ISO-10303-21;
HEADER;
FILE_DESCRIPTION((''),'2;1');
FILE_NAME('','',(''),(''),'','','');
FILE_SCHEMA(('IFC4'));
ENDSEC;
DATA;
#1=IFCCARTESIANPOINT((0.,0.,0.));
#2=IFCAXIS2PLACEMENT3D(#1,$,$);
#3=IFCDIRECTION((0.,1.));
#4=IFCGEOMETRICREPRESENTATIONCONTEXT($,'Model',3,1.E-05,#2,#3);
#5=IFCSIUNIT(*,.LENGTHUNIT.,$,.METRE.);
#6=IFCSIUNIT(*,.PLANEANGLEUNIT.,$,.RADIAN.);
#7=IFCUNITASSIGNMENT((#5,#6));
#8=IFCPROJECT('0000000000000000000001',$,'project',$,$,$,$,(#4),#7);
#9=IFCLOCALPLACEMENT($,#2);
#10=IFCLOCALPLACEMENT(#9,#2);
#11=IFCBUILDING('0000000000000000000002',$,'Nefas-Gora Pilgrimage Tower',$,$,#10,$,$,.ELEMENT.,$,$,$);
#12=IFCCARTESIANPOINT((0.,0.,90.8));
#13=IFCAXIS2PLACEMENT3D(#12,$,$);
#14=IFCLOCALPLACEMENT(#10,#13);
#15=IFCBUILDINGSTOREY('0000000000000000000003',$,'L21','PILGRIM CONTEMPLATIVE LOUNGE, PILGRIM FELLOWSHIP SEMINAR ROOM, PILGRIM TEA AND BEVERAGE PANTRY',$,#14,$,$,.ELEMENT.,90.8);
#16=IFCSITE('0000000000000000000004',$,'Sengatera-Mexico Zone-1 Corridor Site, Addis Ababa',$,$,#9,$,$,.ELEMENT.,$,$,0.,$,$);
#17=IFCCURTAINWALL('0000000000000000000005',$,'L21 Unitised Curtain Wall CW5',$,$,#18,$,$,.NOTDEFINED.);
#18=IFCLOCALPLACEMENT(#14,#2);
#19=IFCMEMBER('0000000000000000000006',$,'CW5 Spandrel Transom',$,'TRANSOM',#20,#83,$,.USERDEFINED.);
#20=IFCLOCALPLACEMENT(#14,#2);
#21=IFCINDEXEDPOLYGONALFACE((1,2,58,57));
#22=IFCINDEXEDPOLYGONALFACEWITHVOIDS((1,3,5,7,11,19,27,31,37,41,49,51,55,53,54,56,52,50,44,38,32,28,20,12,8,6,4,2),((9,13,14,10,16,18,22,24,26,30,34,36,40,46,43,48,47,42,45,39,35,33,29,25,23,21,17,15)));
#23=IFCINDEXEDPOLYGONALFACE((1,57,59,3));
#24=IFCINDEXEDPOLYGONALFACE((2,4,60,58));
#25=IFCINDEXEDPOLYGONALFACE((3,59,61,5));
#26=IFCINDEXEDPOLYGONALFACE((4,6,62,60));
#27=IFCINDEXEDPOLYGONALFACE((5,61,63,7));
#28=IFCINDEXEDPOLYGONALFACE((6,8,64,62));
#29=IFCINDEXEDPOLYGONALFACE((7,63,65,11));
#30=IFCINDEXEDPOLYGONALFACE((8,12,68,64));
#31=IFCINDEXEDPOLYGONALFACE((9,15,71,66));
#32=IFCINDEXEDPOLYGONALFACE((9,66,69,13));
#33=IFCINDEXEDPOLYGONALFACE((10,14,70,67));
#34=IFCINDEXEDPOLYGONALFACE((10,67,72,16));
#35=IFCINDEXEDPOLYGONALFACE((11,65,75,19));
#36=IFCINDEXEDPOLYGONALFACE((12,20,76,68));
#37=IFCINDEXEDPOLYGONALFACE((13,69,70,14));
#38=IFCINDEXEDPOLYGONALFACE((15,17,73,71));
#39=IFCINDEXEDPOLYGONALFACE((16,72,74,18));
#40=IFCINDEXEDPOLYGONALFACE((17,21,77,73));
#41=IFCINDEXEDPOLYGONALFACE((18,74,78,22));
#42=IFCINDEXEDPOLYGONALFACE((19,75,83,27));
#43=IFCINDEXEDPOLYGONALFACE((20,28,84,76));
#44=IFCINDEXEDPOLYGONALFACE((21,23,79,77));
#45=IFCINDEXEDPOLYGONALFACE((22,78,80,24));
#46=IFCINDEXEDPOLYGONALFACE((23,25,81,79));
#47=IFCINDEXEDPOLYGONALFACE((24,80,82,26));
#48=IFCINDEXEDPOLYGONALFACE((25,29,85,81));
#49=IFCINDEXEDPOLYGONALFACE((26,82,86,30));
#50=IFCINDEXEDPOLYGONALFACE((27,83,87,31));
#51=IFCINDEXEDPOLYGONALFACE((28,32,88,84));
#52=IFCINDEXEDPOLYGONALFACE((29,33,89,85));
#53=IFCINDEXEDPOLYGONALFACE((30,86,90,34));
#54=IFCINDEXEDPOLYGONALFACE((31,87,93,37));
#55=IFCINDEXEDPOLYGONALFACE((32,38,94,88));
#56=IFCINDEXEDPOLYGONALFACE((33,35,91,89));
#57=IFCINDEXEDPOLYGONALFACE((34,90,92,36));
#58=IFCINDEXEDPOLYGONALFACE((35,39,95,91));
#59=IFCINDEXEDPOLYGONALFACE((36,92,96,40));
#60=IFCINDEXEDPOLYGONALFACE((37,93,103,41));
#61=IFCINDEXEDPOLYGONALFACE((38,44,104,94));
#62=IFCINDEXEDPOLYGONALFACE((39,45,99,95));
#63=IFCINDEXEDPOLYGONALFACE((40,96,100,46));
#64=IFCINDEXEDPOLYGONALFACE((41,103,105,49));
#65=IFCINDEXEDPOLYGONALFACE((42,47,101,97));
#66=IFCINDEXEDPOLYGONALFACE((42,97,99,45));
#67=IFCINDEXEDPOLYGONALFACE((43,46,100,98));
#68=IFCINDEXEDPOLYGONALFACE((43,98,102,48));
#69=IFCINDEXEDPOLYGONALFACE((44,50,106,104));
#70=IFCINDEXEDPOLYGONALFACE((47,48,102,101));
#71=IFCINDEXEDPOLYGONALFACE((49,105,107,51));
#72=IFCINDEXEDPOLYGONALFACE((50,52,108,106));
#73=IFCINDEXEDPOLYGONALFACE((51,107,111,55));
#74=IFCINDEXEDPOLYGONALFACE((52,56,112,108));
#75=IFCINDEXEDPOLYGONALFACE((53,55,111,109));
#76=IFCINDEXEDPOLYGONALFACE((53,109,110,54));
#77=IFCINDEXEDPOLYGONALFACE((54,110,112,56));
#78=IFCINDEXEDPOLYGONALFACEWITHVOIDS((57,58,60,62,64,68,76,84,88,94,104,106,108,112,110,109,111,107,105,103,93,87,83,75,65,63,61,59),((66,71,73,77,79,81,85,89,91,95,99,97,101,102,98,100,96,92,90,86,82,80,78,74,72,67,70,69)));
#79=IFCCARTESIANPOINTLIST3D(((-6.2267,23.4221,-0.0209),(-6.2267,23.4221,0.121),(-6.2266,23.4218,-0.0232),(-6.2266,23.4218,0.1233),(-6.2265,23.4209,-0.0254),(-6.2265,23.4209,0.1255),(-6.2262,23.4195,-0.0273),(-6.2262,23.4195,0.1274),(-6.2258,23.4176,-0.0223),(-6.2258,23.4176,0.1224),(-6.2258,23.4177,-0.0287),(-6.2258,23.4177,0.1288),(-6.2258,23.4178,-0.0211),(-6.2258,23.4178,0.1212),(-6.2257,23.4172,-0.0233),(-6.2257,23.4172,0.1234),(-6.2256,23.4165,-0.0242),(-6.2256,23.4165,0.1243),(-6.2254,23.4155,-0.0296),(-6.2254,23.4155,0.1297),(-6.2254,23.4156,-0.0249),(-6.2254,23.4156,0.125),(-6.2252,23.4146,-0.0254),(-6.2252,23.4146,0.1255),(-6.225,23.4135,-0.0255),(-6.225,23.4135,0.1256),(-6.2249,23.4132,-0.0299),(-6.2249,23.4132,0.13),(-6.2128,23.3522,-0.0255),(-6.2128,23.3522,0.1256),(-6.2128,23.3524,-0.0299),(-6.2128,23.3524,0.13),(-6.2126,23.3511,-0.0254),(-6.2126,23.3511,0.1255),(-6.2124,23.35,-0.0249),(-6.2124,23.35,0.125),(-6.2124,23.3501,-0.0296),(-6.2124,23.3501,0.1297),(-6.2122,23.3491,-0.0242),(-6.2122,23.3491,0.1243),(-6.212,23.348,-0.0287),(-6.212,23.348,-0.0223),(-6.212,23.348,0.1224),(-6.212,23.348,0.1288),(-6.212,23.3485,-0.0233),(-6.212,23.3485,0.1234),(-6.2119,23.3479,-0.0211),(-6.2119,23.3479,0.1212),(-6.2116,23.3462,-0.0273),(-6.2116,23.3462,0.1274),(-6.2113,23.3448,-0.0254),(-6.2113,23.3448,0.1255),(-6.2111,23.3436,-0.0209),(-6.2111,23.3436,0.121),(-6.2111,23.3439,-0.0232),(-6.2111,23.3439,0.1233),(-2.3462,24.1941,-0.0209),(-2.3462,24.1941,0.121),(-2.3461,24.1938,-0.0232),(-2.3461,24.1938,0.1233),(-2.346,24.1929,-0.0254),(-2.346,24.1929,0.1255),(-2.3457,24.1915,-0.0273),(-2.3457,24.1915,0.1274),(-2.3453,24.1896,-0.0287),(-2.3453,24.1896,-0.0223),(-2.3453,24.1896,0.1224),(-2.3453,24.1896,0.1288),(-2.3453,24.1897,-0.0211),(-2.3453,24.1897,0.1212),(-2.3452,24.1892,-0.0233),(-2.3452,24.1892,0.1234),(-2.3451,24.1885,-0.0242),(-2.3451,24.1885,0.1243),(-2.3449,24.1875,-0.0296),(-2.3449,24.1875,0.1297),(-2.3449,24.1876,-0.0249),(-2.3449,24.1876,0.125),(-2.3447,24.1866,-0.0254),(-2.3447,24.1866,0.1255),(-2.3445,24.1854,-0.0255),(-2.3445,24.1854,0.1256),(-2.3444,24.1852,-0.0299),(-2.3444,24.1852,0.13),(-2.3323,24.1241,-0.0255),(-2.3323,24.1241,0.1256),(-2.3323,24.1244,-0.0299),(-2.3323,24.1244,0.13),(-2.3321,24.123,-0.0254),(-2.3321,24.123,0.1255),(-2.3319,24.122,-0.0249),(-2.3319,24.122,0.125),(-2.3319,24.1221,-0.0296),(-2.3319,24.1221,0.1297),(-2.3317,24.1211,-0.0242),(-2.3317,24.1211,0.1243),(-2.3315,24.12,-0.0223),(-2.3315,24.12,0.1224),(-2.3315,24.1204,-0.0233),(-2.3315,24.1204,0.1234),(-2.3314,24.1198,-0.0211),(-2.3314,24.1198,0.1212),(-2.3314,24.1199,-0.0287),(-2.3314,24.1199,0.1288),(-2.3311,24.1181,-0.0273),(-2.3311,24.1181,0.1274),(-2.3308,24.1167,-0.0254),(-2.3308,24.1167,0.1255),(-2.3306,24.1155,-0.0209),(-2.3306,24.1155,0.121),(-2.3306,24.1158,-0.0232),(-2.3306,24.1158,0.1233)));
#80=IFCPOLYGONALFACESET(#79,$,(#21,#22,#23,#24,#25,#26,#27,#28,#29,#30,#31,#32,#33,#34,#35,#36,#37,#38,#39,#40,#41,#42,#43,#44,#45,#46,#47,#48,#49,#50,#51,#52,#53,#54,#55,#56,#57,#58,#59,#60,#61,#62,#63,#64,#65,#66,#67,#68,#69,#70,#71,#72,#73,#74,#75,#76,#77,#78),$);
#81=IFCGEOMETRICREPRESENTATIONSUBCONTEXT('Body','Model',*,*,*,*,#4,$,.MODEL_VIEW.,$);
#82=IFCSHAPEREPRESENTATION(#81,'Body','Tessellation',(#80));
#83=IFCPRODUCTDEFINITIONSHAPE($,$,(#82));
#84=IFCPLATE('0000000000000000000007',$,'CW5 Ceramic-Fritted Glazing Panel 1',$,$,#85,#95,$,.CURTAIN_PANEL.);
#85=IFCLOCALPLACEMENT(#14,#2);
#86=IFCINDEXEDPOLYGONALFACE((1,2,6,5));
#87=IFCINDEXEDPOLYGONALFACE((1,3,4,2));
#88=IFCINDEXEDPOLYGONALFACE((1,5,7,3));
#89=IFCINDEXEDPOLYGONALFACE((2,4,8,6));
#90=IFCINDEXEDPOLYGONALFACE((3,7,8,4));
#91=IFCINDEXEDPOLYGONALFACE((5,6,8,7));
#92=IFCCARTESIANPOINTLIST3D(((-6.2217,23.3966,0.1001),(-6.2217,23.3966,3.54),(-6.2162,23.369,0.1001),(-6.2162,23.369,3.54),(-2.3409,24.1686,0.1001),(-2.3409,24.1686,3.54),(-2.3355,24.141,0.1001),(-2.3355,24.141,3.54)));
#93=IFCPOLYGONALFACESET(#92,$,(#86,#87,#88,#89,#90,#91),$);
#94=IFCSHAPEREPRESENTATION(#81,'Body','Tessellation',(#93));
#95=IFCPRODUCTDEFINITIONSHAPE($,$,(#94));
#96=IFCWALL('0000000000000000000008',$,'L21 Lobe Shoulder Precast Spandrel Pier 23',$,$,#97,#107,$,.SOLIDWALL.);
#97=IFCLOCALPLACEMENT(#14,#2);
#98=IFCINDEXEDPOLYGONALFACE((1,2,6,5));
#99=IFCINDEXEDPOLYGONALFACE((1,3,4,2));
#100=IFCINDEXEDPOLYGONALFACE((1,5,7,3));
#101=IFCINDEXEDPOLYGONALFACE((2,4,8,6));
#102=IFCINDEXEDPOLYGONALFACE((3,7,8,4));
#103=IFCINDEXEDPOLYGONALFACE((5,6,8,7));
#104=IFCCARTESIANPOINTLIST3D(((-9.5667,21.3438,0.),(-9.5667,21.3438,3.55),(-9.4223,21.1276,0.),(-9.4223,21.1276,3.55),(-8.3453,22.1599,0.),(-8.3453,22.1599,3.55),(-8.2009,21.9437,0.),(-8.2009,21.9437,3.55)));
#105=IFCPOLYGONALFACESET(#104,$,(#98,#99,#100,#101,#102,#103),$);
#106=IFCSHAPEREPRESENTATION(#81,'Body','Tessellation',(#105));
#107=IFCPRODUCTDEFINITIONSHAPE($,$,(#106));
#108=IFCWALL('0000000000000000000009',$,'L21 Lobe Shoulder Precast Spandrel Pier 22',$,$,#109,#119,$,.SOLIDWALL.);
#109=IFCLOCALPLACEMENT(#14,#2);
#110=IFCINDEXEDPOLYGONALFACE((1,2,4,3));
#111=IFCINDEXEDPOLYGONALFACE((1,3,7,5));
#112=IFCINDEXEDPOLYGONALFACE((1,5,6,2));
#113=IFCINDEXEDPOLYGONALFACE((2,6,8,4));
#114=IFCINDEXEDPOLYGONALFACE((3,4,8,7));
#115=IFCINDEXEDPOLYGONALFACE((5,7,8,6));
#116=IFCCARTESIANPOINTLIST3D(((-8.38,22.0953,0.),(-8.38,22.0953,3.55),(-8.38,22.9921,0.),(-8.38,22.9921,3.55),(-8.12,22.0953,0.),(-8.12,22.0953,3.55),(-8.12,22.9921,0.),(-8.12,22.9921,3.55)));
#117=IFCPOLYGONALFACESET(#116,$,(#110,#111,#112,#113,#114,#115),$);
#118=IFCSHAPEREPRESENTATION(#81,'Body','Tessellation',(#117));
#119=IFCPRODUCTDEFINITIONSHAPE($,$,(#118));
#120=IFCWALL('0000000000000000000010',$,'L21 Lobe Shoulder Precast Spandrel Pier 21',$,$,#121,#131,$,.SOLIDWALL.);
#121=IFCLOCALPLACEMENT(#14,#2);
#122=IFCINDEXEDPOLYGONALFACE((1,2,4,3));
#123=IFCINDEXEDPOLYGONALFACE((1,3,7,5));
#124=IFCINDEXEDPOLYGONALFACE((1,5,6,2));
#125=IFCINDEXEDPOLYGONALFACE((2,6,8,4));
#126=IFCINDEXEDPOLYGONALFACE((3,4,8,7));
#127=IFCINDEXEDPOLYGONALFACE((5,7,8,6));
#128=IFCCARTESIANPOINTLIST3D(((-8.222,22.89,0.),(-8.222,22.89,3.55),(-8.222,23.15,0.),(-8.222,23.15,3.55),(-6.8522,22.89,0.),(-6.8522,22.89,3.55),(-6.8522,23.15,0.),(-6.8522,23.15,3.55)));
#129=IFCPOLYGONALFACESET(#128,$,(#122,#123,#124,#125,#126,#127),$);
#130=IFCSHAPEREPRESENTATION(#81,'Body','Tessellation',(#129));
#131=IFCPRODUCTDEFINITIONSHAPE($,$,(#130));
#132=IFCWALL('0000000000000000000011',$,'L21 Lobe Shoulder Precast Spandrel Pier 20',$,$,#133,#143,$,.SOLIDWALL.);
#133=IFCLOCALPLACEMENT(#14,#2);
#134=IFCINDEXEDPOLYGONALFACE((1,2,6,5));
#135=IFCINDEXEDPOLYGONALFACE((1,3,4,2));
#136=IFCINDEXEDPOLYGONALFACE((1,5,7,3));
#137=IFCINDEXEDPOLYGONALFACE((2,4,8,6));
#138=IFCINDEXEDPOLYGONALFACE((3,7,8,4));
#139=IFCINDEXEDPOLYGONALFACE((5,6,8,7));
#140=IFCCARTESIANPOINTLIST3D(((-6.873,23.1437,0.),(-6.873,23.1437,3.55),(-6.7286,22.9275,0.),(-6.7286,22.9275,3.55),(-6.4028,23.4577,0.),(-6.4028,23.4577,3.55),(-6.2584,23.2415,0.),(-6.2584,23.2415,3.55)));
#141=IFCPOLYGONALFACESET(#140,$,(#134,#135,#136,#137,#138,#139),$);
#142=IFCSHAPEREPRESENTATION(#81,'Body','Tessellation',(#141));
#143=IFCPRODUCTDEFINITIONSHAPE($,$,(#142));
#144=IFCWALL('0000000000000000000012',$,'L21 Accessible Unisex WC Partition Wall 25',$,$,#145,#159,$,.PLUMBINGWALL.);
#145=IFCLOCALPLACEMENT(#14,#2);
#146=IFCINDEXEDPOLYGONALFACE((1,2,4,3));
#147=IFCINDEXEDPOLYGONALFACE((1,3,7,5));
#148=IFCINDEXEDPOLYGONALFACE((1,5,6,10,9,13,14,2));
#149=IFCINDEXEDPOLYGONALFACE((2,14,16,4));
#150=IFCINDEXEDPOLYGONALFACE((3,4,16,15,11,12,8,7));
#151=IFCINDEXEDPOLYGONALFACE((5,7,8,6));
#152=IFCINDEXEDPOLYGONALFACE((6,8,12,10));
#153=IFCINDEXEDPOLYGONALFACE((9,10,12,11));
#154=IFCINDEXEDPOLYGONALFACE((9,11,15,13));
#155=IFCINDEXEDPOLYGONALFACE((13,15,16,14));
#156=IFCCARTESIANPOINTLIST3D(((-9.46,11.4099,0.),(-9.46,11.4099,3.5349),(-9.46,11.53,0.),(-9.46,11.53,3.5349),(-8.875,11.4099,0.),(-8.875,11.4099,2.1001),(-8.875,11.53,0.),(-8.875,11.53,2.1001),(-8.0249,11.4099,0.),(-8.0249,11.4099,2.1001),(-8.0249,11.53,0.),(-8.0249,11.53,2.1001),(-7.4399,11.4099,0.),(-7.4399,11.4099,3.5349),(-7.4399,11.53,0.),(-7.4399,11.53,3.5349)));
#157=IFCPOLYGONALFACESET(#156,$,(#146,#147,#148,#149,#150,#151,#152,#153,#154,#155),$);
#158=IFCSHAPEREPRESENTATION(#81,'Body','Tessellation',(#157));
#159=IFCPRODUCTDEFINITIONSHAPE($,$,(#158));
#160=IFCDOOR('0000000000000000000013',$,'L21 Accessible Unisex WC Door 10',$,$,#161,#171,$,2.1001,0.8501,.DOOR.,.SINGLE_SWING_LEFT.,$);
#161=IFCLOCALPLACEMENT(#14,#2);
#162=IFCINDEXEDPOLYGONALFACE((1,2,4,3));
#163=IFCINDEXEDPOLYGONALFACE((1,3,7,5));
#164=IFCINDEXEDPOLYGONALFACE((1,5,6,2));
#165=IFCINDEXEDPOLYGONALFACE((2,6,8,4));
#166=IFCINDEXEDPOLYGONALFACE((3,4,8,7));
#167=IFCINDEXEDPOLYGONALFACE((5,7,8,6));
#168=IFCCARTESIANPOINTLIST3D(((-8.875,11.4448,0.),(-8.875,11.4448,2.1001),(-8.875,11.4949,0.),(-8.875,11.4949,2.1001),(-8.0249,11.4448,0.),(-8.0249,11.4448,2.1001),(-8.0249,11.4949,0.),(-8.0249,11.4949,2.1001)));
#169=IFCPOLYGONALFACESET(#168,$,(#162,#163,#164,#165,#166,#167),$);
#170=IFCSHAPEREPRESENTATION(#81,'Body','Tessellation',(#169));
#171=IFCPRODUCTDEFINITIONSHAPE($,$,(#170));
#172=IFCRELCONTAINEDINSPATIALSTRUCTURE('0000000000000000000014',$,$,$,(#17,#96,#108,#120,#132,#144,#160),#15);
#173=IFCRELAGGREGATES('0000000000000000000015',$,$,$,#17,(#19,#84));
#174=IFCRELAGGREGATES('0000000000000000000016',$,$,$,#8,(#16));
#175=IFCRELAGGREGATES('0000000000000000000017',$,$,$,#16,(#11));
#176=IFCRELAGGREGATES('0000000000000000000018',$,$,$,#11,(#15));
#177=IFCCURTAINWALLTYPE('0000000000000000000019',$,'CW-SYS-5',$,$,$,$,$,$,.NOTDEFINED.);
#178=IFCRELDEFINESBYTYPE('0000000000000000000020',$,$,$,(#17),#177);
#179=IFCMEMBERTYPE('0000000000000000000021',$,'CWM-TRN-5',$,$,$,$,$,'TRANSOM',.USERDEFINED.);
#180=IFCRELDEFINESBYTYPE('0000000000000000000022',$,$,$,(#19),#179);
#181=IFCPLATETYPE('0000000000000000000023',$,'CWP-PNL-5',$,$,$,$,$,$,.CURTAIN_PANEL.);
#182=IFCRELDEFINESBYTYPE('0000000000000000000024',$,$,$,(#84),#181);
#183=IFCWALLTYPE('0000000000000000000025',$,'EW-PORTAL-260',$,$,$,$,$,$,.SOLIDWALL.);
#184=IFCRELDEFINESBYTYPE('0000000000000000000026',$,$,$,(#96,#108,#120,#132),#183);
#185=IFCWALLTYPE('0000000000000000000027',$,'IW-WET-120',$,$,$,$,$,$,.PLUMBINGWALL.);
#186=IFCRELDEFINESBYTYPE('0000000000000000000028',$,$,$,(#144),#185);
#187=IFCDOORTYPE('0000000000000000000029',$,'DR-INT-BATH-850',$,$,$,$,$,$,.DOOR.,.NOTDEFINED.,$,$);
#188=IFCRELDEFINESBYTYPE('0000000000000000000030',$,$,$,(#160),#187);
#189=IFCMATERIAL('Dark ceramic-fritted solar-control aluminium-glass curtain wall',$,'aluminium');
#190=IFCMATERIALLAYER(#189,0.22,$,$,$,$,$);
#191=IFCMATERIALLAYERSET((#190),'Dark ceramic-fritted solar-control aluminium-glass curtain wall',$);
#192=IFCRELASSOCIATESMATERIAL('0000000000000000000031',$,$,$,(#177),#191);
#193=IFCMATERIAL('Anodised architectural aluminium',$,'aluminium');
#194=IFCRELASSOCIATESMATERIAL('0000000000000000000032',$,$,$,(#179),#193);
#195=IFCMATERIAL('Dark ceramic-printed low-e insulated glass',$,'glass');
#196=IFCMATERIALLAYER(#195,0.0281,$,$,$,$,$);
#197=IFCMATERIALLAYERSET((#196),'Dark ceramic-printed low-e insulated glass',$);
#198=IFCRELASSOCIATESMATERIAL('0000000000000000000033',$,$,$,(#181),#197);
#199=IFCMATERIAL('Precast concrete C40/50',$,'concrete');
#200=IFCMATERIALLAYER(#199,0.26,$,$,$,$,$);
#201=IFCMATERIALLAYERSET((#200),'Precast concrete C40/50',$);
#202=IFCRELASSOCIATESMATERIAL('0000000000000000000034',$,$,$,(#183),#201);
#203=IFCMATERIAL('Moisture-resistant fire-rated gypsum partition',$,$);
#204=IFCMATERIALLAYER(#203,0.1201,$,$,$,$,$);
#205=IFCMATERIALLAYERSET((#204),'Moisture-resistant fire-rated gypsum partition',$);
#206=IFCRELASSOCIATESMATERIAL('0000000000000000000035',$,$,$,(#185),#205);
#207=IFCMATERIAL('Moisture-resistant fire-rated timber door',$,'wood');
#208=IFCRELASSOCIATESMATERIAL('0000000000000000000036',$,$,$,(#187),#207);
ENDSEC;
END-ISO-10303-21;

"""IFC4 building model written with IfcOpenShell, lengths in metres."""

from ifc_helpers import new_model, si_unit, direction, frame, frame_2d, origin, origin_2d, place, context, subcontext, project, spatial, rectangle, hollow_rectangle, extrude, source, transform, mapped, material, layer, layer_set, material_profile, profile_set, type_object, element, fill, aggregate, save


model = new_model("IFC4")

# Units and contexts
model_context = context("Model", 3, precision=1e-05, world=origin(), true_north=direction((0.0, 1.0)))
body_context = subcontext(model_context, "Body", "Model", "MODEL_VIEW")
ifc_project = project(units=[si_unit("LENGTHUNIT", "METRE"), si_unit("PLANEANGLEUNIT", "RADIAN")], contexts=[model_context])

# Site, building, storey
site_placement = place(None, origin())
site = spatial("IfcSite", under=ifc_project, at=site_placement, Name="Sengatera-Mexico Zone-1 Corridor Site, Addis Ababa", CompositionType="ELEMENT", RefElevation=0.0)
building_placement = place(site_placement, origin())
building = spatial("IfcBuilding", under=site, at=building_placement, Name="Nefas-Gora Pilgrimage Tower", CompositionType="ELEMENT")
storey_placement = place(building_placement, frame((0.0, 0.0, 90.8)))
storey = spatial("IfcBuildingStorey", under=building, at=storey_placement, Name="L21", Description="PILGRIM CONTEMPLATIVE LOUNGE, PILGRIM FELLOWSHIP SEMINAR ROOM, PILGRIM TEA AND BEVERAGE PANTRY", CompositionType="ELEMENT", Elevation=90.8)

# Curtain wall
ifc_material_1 = material(Name="Dark ceramic-fritted solar-control aluminium-glass curtain wall", Category="aluminium")
ifc_layer_1 = layer(ifc_material_1, 0.22)
ifc_layer_set_1 = layer_set([ifc_layer_1], Name="Dark ceramic-fritted solar-control aluminium-glass curtain wall")
curtain_wall_type = type_object("IfcCurtainWallType", Name="CW-SYS-5", PredefinedType="NOTDEFINED", material=ifc_layer_set_1)
curtain_wall_1_placement = place(storey_placement, origin())
curtain_wall_1 = element("IfcCurtainWall", 1, at=curtain_wall_1_placement, inside=storey, type_object=curtain_wall_type, Name="L21 Unitised Curtain Wall CW5", PredefinedType="NOTDEFINED")
ifc_material_2 = material(Name="Anodised architectural aluminium", Category="aluminium")
ifc_material_profile_1 = material_profile(ifc_material_2, hollow_rectangle(XDim=0.0801, YDim=0.1599, WallThickness=0.0044, InnerFilletRadius=0.0044, OuterFilletRadius=0.009, at=origin_2d()), Name="ALU TRANSOM 80x160")
ifc_profile_set_1 = profile_set([ifc_material_profile_1], Name="Anodised architectural aluminium")
member_type_1 = type_object("IfcMemberType", Name="CWM-TRN-5", ElementType="TRANSOM", PredefinedType="USERDEFINED", material=ifc_profile_set_1)

# Member
shared_shape_1 = source(origin(), body_context, "Body", "SweptSolid", [
    extrude(hollow_rectangle(XDim=0.0801, YDim=0.1599, WallThickness=0.0044, InnerFilletRadius=0.0044, OuterFilletRadius=0.009, at=origin_2d()), origin(), (0.0, 0.0, 1.0), 3.9565),
])
member_1_placement = place(storey_placement, frame((-2.3384, 24.1548, 0.05), z_axis=(-0.980782, -0.195107, 0.0), x_axis=(0.195107, -0.980782, 0.0)))
member_1 = element("IfcMember", 2, at=member_1_placement, type_object=member_type_1, Name="CW5 Spandrel Transom", ObjectType="TRANSOM", PredefinedType="USERDEFINED", context=body_context, shape_type="MappedRepresentation", body=[
    mapped(shared_shape_1, transform((0.0, 0.0, 0.0), x_axis=(1.0, 0.0, 0.0), y_axis=(0.0, 1.0, 0.0), z_axis=(0.0, 0.0, 1.0), scale=1.0)),
])

# Plate
ifc_material_3 = material(Name="Dark ceramic-printed low-e insulated glass", Category="glass")
ifc_layer_2 = layer(ifc_material_3, 0.0281)
ifc_layer_set_2 = layer_set([ifc_layer_2], Name="Dark ceramic-printed low-e insulated glass")
plate_type = type_object("IfcPlateType", Name="CWP-PNL-5", PredefinedType="CURTAIN_PANEL", material=ifc_layer_set_2)
shared_shape_2 = source(origin(), body_context, "Body", "SweptSolid", [
    extrude(rectangle(XDim=3.9568, YDim=0.0281, at=origin_2d()), origin(), (0.0, 0.0, 1.0), 3.4399),
])
plate_placement = place(storey_placement, frame((-4.2786, 23.7688, 0.1001), z_axis=(0.0, 0.0, 1.0), x_axis=(-0.980783, -0.195102, 0.0)))
plate = element("IfcPlate", 3, at=plate_placement, type_object=plate_type, Name="CW5 Ceramic-Fritted Glazing Panel 1", PredefinedType="CURTAIN_PANEL", context=body_context, shape_type="MappedRepresentation", body=[
    mapped(shared_shape_2, transform((0.0, 0.0, 0.0), x_axis=(1.0, 0.0, 0.0), y_axis=(0.0, 1.0, 0.0), z_axis=(0.0, 0.0, 1.0), scale=1.0)),
])
aggregate(curtain_wall_1, [member_1, plate])

# Walls
ifc_material_4 = material(Name="Precast concrete C40/50", Category="concrete")
ifc_layer_3 = layer(ifc_material_4, 0.26)
ifc_layer_set_3 = layer_set([ifc_layer_3], Name="Precast concrete C40/50")
wall_type_1 = type_object("IfcWallType", Name="EW-PORTAL-260", PredefinedType="SOLIDWALL", material=ifc_layer_set_3)
shared_shape_3 = source(origin(), body_context, "Body", "SweptSolid", [
    extrude(rectangle(XDim=1.469, YDim=0.26, at=frame_2d((0.7344, 0.0))), origin(), (0.0, 0.0, 1.0), 3.55),
])
wall_1_placement = place(storey_placement, frame((-8.2732, 22.0518, 0.0), z_axis=(0.0, 0.0, 1.0), x_axis=(-0.831462, -0.555582, 0.0)))
element("IfcWall", 4, at=wall_1_placement, inside=storey, type_object=wall_type_1, Name="L21 Lobe Shoulder Precast Spandrel Pier 23", PredefinedType="SOLIDWALL", context=body_context, shape_type="MappedRepresentation", body=[
    mapped(shared_shape_3, transform((0.0, 0.0, 0.0), x_axis=(1.0, 0.0, 0.0), y_axis=(0.0, 1.0, 0.0), z_axis=(0.0, 0.0, 1.0), scale=1.0)),
])
shared_shape_4 = source(origin(), body_context, "Body", "SweptSolid", [
    extrude(rectangle(XDim=0.8967, YDim=0.26, at=frame_2d((0.4482, 0.0))), origin(), (0.0, 0.0, 1.0), 3.55),
])
wall_2_placement = place(storey_placement, frame((-8.25, 22.9919, 0.0), z_axis=(0.0, 0.0, 1.0), x_axis=(0.0, -1.0, 0.0)))
element("IfcWall", 5, at=wall_2_placement, inside=storey, type_object=wall_type_1, Name="L21 Lobe Shoulder Precast Spandrel Pier 22", PredefinedType="SOLIDWALL", context=body_context, shape_type="MappedRepresentation", body=[
    mapped(shared_shape_4, transform((0.0, 0.0, 0.0), x_axis=(1.0, 0.0, 0.0), y_axis=(0.0, 1.0, 0.0), z_axis=(0.0, 0.0, 1.0), scale=1.0)),
])
shared_shape_5 = source(origin(), body_context, "Body", "SweptSolid", [
    extrude(rectangle(XDim=1.3699, YDim=0.26, at=frame_2d((0.6851, 0.0))), origin(), (0.0, 0.0, 1.0), 3.55),
])
wall_3_placement = place(storey_placement, frame((-6.8521, 23.02, 0.0), z_axis=(0.0, 0.0, 1.0), x_axis=(-1.0, 0.0, 0.0)))
element("IfcWall", 6, at=wall_3_placement, inside=storey, type_object=wall_type_1, Name="L21 Lobe Shoulder Precast Spandrel Pier 21", PredefinedType="SOLIDWALL", context=body_context, shape_type="MappedRepresentation", body=[
    mapped(shared_shape_5, transform((0.0, 0.0, 0.0), x_axis=(1.0, 0.0, 0.0), y_axis=(0.0, 1.0, 0.0), z_axis=(0.0, 0.0, 1.0), scale=1.0)),
])
shared_shape_6 = source(origin(), body_context, "Body", "SweptSolid", [
    extrude(rectangle(XDim=0.5654, YDim=0.26, at=frame_2d((0.2827, 0.0))), origin(), (0.0, 0.0, 1.0), 3.55),
])
wall_4_placement = place(storey_placement, frame((-6.3306, 23.3496, 0.0), z_axis=(0.0, 0.0, 1.0), x_axis=(-0.831651, -0.555298, 0.0)))
element("IfcWall", 7, at=wall_4_placement, inside=storey, type_object=wall_type_1, Name="L21 Lobe Shoulder Precast Spandrel Pier 20", PredefinedType="SOLIDWALL", context=body_context, shape_type="MappedRepresentation", body=[
    mapped(shared_shape_6, transform((0.0, 0.0, 0.0), x_axis=(1.0, 0.0, 0.0), y_axis=(0.0, 1.0, 0.0), z_axis=(0.0, 0.0, 1.0), scale=1.0)),
])

# Wall, opening, door
ifc_material_5 = material(Name="Moisture-resistant fire-rated gypsum partition")
ifc_layer_4 = layer(ifc_material_5, 0.1201)
ifc_layer_set_4 = layer_set([ifc_layer_4], Name="Moisture-resistant fire-rated gypsum partition")
wall_type_2 = type_object("IfcWallType", Name="IW-WET-120", PredefinedType="PLUMBINGWALL", material=ifc_layer_set_4)
shared_shape_7 = source(origin(), body_context, "Body", "SweptSolid", [
    extrude(rectangle(XDim=2.02, YDim=0.1201, at=frame_2d((1.01, 0.0))), origin(), (0.0, 0.0, 1.0), 3.5349),
])
wall_5_placement = place(storey_placement, frame((-9.46, 11.47, 0.0), z_axis=(0.0, 0.0, 1.0), x_axis=(1.0, 0.0, 0.0)))
wall_5 = element("IfcWall", 8, at=wall_5_placement, inside=storey, type_object=wall_type_2, Name="L21 Accessible Unisex WC Partition Wall 25", PredefinedType="PLUMBINGWALL", context=body_context, shape_type="MappedRepresentation", body=[
    mapped(shared_shape_7, transform((0.0, 0.0, 0.0), x_axis=(1.0, 0.0, 0.0), y_axis=(0.0, 1.0, 0.0), z_axis=(0.0, 0.0, 1.0), scale=1.0)),
])
opening_1_placement = place(wall_5_placement, frame((0.585, 0.0, 0.0)))
opening_1 = element("IfcOpeningElement", 9, at=opening_1_placement, cuts=wall_5, PredefinedType="OPENING", context=body_context, shape_type="SweptSolid", body=[
    extrude(rectangle(XDim=0.8501, YDim=2.1001, at=frame_2d((0.425, 1.05))), frame((0.0, 0.0701, 0.0), z_axis=(0.0, -1.0, 0.0), x_axis=(1.0, 0.0, 0.0)), (0.0, 0.0, 1.0), 0.1401),
])
ifc_material_6 = material(Name="Moisture-resistant fire-rated timber door", Category="wood")
door_type_1 = type_object("IfcDoorType", Name="DR-INT-BATH-850", OperationType="NOTDEFINED", PredefinedType="DOOR", material=ifc_material_6)
shared_shape_8 = source(origin(), body_context, "Body", "SweptSolid", [
    extrude(rectangle(XDim=0.8501, YDim=2.1001, at=frame_2d((0.425, 1.05))), frame((0.0, 0.0249, 0.0), z_axis=(0.0, -1.0, 0.0), x_axis=(1.0, 0.0, 0.0)), (0.0, 0.0, 1.0), 0.05),
])
door_1_placement = place(opening_1_placement, origin())
door_1 = element("IfcDoor", 10, at=door_1_placement, inside=storey, type_object=door_type_1, Name="L21 Accessible Unisex WC Door 10", OperationType="SINGLE_SWING_LEFT", OverallHeight=2.1001, OverallWidth=0.8501, PredefinedType="DOOR", context=body_context, shape_type="MappedRepresentation", body=[
    mapped(shared_shape_8, transform((0.0, 0.0, 0.0), x_axis=(1.0, 0.0, 0.0), y_axis=(0.0, 1.0, 0.0), z_axis=(0.0, 0.0, 1.0), scale=1.0)),
])
fill(opening_1, door_1)

save(model, "model.ifc")
